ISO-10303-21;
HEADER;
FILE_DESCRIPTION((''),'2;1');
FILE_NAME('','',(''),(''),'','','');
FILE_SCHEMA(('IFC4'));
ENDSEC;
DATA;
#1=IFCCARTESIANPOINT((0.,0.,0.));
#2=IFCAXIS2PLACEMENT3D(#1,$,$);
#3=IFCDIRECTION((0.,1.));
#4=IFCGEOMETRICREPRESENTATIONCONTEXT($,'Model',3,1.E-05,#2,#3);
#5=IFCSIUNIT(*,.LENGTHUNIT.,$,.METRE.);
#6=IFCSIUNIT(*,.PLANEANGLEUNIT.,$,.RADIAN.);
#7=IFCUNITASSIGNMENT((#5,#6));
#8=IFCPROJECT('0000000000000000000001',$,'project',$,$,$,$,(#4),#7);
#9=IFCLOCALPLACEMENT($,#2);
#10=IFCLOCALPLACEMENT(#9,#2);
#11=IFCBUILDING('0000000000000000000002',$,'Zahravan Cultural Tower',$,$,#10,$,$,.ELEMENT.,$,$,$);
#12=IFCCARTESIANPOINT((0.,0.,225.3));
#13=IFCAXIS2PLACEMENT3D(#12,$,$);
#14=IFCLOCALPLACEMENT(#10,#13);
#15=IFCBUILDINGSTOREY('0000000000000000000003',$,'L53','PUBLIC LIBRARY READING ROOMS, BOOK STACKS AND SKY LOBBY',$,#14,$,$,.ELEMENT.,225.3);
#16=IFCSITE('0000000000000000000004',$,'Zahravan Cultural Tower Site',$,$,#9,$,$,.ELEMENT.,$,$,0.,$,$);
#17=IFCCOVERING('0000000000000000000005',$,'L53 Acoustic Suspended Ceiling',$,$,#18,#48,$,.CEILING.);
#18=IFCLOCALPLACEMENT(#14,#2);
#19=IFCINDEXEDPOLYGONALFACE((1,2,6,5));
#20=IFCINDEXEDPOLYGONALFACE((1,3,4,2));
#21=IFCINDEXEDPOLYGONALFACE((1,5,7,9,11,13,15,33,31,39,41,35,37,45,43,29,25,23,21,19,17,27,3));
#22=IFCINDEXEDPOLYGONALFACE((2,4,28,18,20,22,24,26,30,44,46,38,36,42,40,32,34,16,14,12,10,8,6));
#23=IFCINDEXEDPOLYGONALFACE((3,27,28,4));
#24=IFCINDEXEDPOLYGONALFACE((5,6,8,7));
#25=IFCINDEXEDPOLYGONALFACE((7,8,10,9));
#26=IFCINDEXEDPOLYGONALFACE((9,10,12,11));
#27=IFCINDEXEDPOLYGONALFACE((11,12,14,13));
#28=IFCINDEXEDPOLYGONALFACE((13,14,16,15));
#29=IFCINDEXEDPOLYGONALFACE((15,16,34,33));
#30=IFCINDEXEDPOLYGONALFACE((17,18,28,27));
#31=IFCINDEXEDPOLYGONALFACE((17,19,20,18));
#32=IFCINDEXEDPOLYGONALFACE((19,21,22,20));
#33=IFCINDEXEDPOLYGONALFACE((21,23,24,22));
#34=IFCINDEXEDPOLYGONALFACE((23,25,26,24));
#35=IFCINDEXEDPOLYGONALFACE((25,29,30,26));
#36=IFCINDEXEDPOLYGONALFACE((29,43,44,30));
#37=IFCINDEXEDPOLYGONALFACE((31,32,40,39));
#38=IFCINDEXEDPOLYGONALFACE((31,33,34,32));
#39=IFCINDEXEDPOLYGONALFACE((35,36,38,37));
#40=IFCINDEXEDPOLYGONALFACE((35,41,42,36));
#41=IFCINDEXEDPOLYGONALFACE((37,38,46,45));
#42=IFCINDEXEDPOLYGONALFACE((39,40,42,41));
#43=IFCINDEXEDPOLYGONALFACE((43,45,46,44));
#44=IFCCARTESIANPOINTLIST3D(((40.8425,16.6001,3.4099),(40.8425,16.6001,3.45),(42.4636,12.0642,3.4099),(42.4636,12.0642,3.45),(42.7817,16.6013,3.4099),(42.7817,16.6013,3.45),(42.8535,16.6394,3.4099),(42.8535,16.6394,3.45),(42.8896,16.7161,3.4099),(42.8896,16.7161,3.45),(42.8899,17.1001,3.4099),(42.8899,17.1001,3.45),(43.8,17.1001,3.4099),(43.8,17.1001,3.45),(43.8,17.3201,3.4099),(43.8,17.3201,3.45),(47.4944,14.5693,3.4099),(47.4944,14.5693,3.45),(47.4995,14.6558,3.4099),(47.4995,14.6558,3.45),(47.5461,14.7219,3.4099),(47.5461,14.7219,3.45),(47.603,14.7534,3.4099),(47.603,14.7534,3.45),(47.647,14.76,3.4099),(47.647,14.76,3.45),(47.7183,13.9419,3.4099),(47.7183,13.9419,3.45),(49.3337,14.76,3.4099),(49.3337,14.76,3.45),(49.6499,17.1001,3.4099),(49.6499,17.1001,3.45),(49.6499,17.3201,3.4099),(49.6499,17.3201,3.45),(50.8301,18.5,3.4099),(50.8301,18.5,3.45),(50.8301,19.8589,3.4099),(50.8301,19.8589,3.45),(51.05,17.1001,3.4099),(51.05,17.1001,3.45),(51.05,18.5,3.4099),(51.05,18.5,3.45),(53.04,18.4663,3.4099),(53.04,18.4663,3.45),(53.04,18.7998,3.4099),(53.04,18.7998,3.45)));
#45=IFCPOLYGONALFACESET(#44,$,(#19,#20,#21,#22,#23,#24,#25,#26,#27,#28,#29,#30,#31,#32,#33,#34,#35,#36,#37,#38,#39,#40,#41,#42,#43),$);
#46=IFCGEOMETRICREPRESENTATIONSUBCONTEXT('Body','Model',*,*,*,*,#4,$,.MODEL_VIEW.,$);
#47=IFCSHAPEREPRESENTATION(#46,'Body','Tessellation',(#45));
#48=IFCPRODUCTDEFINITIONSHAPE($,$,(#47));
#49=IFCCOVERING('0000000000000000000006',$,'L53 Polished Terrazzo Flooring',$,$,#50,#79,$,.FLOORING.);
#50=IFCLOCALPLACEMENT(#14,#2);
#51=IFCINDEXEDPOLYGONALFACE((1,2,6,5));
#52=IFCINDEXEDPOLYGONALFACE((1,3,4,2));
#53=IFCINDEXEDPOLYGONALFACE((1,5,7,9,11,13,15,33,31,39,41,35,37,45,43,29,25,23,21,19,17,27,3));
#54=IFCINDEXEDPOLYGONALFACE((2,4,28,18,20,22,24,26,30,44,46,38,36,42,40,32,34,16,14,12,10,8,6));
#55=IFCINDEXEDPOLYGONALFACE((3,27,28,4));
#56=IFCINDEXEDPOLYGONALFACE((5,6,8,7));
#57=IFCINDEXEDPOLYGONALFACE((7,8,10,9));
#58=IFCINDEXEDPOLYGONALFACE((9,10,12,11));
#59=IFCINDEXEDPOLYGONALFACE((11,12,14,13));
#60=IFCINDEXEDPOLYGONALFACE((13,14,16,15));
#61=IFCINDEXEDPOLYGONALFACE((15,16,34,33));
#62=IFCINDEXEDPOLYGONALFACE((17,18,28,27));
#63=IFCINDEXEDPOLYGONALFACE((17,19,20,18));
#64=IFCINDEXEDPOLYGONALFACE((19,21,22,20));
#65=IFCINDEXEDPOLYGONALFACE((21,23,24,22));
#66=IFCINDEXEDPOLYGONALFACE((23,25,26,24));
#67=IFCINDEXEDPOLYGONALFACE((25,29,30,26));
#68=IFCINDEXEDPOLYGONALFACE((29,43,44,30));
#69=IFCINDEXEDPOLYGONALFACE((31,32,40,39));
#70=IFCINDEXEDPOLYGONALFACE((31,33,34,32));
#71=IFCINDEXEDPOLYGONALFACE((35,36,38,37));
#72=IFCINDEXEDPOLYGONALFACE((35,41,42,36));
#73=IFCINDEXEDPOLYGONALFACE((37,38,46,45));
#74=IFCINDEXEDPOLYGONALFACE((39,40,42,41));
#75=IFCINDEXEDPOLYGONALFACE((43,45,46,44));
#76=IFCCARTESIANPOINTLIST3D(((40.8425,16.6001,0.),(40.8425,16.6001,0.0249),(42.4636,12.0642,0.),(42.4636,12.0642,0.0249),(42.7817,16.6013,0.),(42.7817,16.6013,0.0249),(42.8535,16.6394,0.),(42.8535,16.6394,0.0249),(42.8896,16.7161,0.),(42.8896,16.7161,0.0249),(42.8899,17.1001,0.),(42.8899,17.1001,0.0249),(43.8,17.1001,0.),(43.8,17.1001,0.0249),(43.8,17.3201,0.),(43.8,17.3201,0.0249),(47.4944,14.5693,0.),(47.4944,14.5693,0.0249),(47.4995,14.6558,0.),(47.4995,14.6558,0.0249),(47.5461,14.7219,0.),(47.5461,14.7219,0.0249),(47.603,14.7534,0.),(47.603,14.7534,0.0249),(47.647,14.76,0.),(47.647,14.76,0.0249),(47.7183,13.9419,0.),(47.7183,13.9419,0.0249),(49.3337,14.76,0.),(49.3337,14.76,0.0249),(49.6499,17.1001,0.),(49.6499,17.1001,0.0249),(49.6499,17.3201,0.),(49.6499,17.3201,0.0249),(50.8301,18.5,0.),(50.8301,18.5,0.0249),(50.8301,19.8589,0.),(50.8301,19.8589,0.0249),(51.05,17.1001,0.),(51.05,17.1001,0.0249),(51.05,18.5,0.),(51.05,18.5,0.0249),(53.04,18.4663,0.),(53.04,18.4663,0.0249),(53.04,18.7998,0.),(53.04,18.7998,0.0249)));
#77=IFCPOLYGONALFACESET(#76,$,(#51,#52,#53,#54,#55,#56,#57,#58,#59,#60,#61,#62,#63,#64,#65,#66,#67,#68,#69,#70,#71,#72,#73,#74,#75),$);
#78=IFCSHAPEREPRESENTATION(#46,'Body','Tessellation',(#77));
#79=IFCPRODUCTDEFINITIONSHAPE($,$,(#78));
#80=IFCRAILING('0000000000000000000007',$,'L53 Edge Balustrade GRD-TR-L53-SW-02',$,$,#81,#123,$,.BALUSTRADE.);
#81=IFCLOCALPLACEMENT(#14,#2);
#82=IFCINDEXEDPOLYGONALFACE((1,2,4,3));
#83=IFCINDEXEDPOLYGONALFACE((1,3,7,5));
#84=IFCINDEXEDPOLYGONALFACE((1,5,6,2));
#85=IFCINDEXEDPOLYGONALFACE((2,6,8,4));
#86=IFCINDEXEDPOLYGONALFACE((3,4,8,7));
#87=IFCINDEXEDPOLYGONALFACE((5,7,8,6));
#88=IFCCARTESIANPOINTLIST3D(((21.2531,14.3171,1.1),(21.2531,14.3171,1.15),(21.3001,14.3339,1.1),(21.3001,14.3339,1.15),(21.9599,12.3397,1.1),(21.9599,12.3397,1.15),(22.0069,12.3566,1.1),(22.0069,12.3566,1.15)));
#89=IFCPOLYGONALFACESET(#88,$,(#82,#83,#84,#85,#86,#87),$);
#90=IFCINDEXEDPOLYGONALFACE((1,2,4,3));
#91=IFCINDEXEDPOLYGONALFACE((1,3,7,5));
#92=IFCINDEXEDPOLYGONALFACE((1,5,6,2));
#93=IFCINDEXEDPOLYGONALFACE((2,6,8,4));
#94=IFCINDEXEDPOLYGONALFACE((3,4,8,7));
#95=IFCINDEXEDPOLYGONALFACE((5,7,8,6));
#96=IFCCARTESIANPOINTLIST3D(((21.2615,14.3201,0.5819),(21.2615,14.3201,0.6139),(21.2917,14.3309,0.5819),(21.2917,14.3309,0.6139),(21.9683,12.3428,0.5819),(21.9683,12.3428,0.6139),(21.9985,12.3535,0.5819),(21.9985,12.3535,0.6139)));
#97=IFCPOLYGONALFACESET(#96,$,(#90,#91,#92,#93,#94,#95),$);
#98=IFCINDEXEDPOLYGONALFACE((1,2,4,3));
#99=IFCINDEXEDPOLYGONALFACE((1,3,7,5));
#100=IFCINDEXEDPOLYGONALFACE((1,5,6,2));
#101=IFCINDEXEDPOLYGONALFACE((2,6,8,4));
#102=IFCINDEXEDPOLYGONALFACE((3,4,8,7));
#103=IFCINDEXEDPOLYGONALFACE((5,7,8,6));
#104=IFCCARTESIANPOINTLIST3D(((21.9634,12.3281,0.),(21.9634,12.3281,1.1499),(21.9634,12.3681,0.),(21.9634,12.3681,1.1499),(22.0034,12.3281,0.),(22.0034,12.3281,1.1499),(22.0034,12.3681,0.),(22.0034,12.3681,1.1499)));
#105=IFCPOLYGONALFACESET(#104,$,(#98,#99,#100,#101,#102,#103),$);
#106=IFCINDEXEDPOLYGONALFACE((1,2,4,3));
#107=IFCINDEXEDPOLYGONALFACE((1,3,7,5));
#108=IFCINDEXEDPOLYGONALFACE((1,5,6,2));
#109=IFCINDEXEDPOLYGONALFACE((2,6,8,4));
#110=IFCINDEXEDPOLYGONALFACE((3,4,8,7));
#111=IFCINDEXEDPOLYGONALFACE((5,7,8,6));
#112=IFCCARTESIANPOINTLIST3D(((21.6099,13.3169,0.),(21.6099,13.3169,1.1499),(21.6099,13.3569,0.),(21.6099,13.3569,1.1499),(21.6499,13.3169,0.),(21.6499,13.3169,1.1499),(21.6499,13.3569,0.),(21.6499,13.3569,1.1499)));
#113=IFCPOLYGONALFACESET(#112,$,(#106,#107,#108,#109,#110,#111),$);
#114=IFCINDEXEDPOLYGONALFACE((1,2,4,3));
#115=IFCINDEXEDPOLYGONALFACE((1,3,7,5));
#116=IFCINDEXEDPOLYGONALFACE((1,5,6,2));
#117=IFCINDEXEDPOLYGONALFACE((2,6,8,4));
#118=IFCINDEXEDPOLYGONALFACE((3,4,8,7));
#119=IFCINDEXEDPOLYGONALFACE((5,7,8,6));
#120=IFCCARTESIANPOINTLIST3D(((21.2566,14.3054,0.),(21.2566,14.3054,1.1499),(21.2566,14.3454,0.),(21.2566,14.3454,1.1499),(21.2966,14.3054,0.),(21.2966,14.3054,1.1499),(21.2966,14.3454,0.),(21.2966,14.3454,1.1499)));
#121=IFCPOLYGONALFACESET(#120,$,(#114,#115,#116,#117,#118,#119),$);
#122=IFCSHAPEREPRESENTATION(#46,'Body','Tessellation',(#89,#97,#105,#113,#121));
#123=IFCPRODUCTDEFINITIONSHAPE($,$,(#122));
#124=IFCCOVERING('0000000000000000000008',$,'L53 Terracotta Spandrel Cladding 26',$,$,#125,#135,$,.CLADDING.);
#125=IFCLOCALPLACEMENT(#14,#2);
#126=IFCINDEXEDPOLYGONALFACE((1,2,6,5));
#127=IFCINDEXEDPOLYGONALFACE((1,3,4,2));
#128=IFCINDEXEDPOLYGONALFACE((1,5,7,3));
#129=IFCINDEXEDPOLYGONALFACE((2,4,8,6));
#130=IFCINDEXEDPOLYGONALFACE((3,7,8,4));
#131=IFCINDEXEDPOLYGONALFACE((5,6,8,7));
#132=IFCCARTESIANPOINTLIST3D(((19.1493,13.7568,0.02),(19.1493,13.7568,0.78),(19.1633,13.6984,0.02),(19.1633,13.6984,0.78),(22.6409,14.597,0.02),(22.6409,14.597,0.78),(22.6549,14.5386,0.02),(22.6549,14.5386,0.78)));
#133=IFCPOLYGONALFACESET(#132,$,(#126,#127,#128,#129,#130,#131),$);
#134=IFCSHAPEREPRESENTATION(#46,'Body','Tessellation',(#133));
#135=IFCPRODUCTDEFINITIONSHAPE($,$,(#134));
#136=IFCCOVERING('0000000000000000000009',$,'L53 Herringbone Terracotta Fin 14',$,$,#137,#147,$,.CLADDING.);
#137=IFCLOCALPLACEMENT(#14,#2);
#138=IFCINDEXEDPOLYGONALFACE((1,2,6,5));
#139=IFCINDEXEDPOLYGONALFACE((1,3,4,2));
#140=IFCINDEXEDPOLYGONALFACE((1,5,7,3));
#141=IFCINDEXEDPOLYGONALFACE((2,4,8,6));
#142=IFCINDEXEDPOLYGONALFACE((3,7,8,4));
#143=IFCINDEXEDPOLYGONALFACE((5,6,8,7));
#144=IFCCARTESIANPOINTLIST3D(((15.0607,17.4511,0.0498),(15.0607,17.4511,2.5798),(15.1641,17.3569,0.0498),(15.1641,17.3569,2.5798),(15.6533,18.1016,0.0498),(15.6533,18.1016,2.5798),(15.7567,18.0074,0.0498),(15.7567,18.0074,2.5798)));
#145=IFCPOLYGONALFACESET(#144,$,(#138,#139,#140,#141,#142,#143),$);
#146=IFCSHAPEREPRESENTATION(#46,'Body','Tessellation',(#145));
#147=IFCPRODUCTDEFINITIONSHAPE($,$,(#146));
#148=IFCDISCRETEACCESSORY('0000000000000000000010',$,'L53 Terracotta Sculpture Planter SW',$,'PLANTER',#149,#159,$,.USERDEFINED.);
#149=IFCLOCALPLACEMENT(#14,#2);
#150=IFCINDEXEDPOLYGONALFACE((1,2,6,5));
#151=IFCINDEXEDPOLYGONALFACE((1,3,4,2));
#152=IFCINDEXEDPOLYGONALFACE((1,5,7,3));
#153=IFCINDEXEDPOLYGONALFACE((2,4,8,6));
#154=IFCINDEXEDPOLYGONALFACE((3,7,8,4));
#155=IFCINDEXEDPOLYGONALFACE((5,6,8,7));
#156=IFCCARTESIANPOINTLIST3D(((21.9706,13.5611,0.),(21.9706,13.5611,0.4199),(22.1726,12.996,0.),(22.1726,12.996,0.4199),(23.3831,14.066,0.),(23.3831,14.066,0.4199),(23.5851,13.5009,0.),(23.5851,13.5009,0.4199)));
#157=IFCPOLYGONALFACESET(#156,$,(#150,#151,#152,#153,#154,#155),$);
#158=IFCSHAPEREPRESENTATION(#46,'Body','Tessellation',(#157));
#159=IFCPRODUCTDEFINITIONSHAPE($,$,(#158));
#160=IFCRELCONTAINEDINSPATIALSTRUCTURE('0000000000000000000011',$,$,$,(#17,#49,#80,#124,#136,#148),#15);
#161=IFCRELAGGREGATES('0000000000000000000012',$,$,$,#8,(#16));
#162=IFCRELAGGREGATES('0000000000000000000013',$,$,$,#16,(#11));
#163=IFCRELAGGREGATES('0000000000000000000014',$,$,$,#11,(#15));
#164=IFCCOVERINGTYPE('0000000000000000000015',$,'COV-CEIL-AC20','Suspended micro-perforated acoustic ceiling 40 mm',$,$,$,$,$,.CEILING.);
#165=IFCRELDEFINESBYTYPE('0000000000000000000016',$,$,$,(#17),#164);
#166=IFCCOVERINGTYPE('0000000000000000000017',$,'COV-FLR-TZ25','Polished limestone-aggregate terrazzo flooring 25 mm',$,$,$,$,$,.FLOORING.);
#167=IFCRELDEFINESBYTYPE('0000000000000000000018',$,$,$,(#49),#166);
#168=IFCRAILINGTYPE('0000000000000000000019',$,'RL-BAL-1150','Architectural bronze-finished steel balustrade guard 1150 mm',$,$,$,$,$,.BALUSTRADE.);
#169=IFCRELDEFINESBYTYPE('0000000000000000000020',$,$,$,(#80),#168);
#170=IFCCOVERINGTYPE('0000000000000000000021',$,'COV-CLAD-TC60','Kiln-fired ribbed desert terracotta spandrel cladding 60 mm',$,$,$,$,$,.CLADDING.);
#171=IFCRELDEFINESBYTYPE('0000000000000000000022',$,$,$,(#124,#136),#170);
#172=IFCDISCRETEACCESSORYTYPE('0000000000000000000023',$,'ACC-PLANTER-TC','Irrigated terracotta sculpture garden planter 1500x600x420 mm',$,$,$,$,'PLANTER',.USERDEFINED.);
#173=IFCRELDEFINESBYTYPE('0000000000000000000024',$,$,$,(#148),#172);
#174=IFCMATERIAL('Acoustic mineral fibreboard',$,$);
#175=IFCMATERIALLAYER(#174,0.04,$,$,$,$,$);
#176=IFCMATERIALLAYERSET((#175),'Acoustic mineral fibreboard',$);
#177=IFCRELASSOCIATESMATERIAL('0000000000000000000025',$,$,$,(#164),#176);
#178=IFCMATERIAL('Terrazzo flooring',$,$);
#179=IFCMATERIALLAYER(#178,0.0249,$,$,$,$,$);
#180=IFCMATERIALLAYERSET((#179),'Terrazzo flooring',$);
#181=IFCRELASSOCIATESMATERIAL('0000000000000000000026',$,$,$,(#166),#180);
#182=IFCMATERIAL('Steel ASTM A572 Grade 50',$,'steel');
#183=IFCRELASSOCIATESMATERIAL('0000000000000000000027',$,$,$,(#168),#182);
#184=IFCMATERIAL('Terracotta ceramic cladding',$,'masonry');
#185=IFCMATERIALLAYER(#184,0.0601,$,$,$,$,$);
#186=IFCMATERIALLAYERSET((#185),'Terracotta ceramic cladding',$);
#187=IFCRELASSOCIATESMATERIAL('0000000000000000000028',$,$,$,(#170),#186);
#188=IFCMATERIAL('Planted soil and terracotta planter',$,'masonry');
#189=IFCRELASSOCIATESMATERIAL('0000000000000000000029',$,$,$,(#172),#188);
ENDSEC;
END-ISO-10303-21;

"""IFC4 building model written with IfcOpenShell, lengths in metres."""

from ifc_helpers import new_model, si_unit, direction, frame, origin, origin_2d, place, context, subcontext, project, spatial, polyline, rectangle, outline, extrude, source, transform, mapped, material, layer, layer_set, type_object, element, save


model = new_model("IFC4")

# Units and contexts
model_context = context("Model", 3, precision=1e-05, world=origin(), true_north=direction((0.0, 1.0)))
body_context = subcontext(model_context, "Body", "Model", "MODEL_VIEW")
ifc_project = project(units=[si_unit("LENGTHUNIT", "METRE"), si_unit("PLANEANGLEUNIT", "RADIAN")], contexts=[model_context])

# Site, building, storey
site_placement = place(None, origin())
site = spatial("IfcSite", under=ifc_project, at=site_placement, Name="Zahravan Cultural Tower Site", CompositionType="ELEMENT", RefElevation=0.0)
building_placement = place(site_placement, origin())
building = spatial("IfcBuilding", under=site, at=building_placement, Name="Zahravan Cultural Tower", CompositionType="ELEMENT")
storey_placement = place(building_placement, frame((0.0, 0.0, 225.3)))
storey = spatial("IfcBuildingStorey", under=building, at=storey_placement, Name="L53", Description="PUBLIC LIBRARY READING ROOMS, BOOK STACKS AND SKY LOBBY", CompositionType="ELEMENT", Elevation=225.3)

# Coverings
ifc_material_1 = material(Name="Acoustic mineral fibreboard")
ifc_layer_1 = layer(ifc_material_1, 0.04)
ifc_layer_set_1 = layer_set([ifc_layer_1], Name="Acoustic mineral fibreboard")
covering_type_1 = type_object("IfcCoveringType", Name="COV-CEIL-AC20", Description="Suspended micro-perforated acoustic ceiling 40 mm", PredefinedType="CEILING", material=ifc_layer_set_1)
covering_1_placement = place(storey_placement, frame((0.0, 0.0, 3.4099)))
element("IfcCovering", 1, at=covering_1_placement, inside=storey, type_object=covering_type_1, Name="L53 Acoustic Suspended Ceiling", PredefinedType="CEILING", context=body_context, shape_type="SweptSolid", body=[
    extrude(outline(polyline([(47.4944, 14.5693), (47.4995, 14.6558), (47.5461, 14.7219), (47.603, 14.7534), (47.647, 14.76), (49.3337, 14.76), (53.04, 18.4663), (53.04, 18.7998), (50.8301, 19.8589), (50.8301, 18.5), (51.05, 18.5), (51.05, 17.1001), (49.6499, 17.1001), (49.6499, 17.3201), (43.8, 17.3201), (43.8, 17.1001), (42.8899, 17.1001), (42.8896, 16.7161), (42.8535, 16.6394), (42.7817, 16.6013), (40.8425, 16.6001), (42.4636, 12.0642), (47.7183, 13.9419), (47.4944, 14.5693)])), origin(), (0.0, 0.0, 1.0), 0.04),
])
ifc_material_2 = material(Name="Terrazzo flooring")
ifc_layer_2 = layer(ifc_material_2, 0.0249)
ifc_layer_set_2 = layer_set([ifc_layer_2], Name="Terrazzo flooring")
covering_type_2 = type_object("IfcCoveringType", Name="COV-FLR-TZ25", Description="Polished limestone-aggregate terrazzo flooring 25 mm", PredefinedType="FLOORING", material=ifc_layer_set_2)
covering_2_placement = place(storey_placement, origin())
element("IfcCovering", 2, at=covering_2_placement, inside=storey, type_object=covering_type_2, Name="L53 Polished Terrazzo Flooring", PredefinedType="FLOORING", context=body_context, shape_type="SweptSolid", body=[
    extrude(outline(polyline([(47.4944, 14.5693), (47.4995, 14.6558), (47.5461, 14.7219), (47.603, 14.7534), (47.647, 14.76), (49.3337, 14.76), (53.04, 18.4663), (53.04, 18.7998), (50.8301, 19.8589), (50.8301, 18.5), (51.05, 18.5), (51.05, 17.1001), (49.6499, 17.1001), (49.6499, 17.3201), (43.8, 17.3201), (43.8, 17.1001), (42.8899, 17.1001), (42.8896, 16.7161), (42.8535, 16.6394), (42.7817, 16.6013), (40.8425, 16.6001), (42.4636, 12.0642), (47.7183, 13.9419), (47.4944, 14.5693)])), origin(), (0.0, 0.0, 1.0), 0.0249),
])

# Railing
ifc_material_3 = material(Name="Steel ASTM A572 Grade 50", Category="steel")
railing_type = type_object("IfcRailingType", Name="RL-BAL-1150", Description="Architectural bronze-finished steel balustrade guard 1150 mm", PredefinedType="BALUSTRADE", material=ifc_material_3)
railing_placement = place(storey_placement, frame((21.9834, 12.3481, 0.0)))
element("IfcRailing", 3, at=railing_placement, inside=storey, type_object=railing_type, Name="L53 Edge Balustrade GRD-TR-L53-SW-02", PredefinedType="BALUSTRADE", context=body_context, shape_type="SweptSolid", body=[
    extrude(rectangle(XDim=0.05, YDim=0.05, at=origin_2d()), frame((0.0, 0.0, 1.125), z_axis=(-0.336594, 0.94165, 0.0), x_axis=(-0.94165, -0.336594, 0.0)), (0.0, 0.0, 1.0), 2.0999),
    extrude(rectangle(XDim=0.032, YDim=0.032, at=origin_2d()), frame((0.0, 0.0, 0.5979), z_axis=(-0.336594, 0.94165, 0.0), x_axis=(-0.94165, -0.336594, 0.0)), (0.0, 0.0, 1.0), 2.0999),
    extrude(rectangle(XDim=0.04, YDim=0.04, at=origin_2d()), origin(), (0.0, 0.0, 1.0), 1.1499),
    extrude(rectangle(XDim=0.04, YDim=0.04, at=origin_2d()), frame((-0.3535, 0.9888, 0.0)), (0.0, 0.0, 1.0), 1.1499),
    extrude(rectangle(XDim=0.04, YDim=0.04, at=origin_2d()), frame((-0.7068, 1.9773, 0.0)), (0.0, 0.0, 1.0), 1.1499),
])

# Coverings
ifc_material_4 = material(Name="Terracotta ceramic cladding", Category="masonry")
ifc_layer_3 = layer(ifc_material_4, 0.0601)
ifc_layer_set_3 = layer_set([ifc_layer_3], Name="Terracotta ceramic cladding")
covering_type_3 = type_object("IfcCoveringType", Name="COV-CLAD-TC60", Description="Kiln-fired ribbed desert terracotta spandrel cladding 60 mm", PredefinedType="CLADDING", material=ifc_layer_set_3)
shared_shape_1 = source(origin(), body_context, "Body", "SweptSolid", [
    extrude(rectangle(XDim=3.5913, YDim=0.0601, at=origin_2d()), origin(), (0.0, 0.0, 1.0), 0.76),
])
covering_3_placement = place(storey_placement, frame((20.9021, 14.1477, 0.02), z_axis=(0.0, 0.0, 1.0), x_axis=(-0.972243, -0.233971, 0.0)))
element("IfcCovering", 4, at=covering_3_placement, inside=storey, type_object=covering_type_3, Name="L53 Terracotta Spandrel Cladding 26", PredefinedType="CLADDING", context=body_context, shape_type="MappedRepresentation", body=[
    mapped(shared_shape_1, transform((0.0, 0.0, 0.0), x_axis=(1.0, 0.0, 0.0), y_axis=(0.0, 1.0, 0.0), z_axis=(0.0, 0.0, 1.0), scale=1.0)),
])
shared_shape_2 = source(origin(), body_context, "Body", "SweptSolid", [
    extrude(rectangle(XDim=0.8799, YDim=0.1399, at=origin_2d()), origin(), (0.0, 0.0, 1.0), 2.53),
])
covering_4_placement = place(storey_placement, frame((15.4087, 17.7292, 0.0498), z_axis=(0.0, 0.0, 1.0), x_axis=(-0.673438, -0.739243, 0.0)))
element("IfcCovering", 5, at=covering_4_placement, inside=storey, type_object=covering_type_3, Name="L53 Herringbone Terracotta Fin 14", PredefinedType="CLADDING", context=body_context, shape_type="MappedRepresentation", body=[
    mapped(shared_shape_2, transform((0.0, 0.0, 0.0), x_axis=(1.0, 0.0, 0.0), y_axis=(0.0, 1.0, 0.0), z_axis=(0.0, 0.0, 1.0), scale=1.0)),
])

# Discrete accessory
ifc_material_5 = material(Name="Planted soil and terracotta planter", Category="masonry")
discrete_accessory_type = type_object("IfcDiscreteAccessoryType", Name="ACC-PLANTER-TC", Description="Irrigated terracotta sculpture garden planter 1500x600x420 mm", ElementType="PLANTER", PredefinedType="USERDEFINED", material=ifc_material_5)
shared_shape_3 = source(origin(), body_context, "Body", "SweptSolid", [
    extrude(rectangle(XDim=1.5, YDim=0.6001, at=origin_2d()), origin(), (0.0, 0.0, 1.0), 0.4199),
])
discrete_accessory_placement = place(storey_placement, frame((22.7778, 13.531, 0.0), z_axis=(0.0, 0.0, 1.0), x_axis=(0.941666, 0.336548, 0.0)))
element("IfcDiscreteAccessory", 6, at=discrete_accessory_placement, inside=storey, type_object=discrete_accessory_type, Name="L53 Terracotta Sculpture Planter SW", ObjectType="PLANTER", PredefinedType="USERDEFINED", context=body_context, shape_type="MappedRepresentation", body=[
    mapped(shared_shape_3, transform((0.0, 0.0, 0.0), x_axis=(1.0, 0.0, 0.0), y_axis=(0.0, 1.0, 0.0), z_axis=(0.0, 0.0, 1.0), scale=1.0)),
])

save(model, "model.ifc")
